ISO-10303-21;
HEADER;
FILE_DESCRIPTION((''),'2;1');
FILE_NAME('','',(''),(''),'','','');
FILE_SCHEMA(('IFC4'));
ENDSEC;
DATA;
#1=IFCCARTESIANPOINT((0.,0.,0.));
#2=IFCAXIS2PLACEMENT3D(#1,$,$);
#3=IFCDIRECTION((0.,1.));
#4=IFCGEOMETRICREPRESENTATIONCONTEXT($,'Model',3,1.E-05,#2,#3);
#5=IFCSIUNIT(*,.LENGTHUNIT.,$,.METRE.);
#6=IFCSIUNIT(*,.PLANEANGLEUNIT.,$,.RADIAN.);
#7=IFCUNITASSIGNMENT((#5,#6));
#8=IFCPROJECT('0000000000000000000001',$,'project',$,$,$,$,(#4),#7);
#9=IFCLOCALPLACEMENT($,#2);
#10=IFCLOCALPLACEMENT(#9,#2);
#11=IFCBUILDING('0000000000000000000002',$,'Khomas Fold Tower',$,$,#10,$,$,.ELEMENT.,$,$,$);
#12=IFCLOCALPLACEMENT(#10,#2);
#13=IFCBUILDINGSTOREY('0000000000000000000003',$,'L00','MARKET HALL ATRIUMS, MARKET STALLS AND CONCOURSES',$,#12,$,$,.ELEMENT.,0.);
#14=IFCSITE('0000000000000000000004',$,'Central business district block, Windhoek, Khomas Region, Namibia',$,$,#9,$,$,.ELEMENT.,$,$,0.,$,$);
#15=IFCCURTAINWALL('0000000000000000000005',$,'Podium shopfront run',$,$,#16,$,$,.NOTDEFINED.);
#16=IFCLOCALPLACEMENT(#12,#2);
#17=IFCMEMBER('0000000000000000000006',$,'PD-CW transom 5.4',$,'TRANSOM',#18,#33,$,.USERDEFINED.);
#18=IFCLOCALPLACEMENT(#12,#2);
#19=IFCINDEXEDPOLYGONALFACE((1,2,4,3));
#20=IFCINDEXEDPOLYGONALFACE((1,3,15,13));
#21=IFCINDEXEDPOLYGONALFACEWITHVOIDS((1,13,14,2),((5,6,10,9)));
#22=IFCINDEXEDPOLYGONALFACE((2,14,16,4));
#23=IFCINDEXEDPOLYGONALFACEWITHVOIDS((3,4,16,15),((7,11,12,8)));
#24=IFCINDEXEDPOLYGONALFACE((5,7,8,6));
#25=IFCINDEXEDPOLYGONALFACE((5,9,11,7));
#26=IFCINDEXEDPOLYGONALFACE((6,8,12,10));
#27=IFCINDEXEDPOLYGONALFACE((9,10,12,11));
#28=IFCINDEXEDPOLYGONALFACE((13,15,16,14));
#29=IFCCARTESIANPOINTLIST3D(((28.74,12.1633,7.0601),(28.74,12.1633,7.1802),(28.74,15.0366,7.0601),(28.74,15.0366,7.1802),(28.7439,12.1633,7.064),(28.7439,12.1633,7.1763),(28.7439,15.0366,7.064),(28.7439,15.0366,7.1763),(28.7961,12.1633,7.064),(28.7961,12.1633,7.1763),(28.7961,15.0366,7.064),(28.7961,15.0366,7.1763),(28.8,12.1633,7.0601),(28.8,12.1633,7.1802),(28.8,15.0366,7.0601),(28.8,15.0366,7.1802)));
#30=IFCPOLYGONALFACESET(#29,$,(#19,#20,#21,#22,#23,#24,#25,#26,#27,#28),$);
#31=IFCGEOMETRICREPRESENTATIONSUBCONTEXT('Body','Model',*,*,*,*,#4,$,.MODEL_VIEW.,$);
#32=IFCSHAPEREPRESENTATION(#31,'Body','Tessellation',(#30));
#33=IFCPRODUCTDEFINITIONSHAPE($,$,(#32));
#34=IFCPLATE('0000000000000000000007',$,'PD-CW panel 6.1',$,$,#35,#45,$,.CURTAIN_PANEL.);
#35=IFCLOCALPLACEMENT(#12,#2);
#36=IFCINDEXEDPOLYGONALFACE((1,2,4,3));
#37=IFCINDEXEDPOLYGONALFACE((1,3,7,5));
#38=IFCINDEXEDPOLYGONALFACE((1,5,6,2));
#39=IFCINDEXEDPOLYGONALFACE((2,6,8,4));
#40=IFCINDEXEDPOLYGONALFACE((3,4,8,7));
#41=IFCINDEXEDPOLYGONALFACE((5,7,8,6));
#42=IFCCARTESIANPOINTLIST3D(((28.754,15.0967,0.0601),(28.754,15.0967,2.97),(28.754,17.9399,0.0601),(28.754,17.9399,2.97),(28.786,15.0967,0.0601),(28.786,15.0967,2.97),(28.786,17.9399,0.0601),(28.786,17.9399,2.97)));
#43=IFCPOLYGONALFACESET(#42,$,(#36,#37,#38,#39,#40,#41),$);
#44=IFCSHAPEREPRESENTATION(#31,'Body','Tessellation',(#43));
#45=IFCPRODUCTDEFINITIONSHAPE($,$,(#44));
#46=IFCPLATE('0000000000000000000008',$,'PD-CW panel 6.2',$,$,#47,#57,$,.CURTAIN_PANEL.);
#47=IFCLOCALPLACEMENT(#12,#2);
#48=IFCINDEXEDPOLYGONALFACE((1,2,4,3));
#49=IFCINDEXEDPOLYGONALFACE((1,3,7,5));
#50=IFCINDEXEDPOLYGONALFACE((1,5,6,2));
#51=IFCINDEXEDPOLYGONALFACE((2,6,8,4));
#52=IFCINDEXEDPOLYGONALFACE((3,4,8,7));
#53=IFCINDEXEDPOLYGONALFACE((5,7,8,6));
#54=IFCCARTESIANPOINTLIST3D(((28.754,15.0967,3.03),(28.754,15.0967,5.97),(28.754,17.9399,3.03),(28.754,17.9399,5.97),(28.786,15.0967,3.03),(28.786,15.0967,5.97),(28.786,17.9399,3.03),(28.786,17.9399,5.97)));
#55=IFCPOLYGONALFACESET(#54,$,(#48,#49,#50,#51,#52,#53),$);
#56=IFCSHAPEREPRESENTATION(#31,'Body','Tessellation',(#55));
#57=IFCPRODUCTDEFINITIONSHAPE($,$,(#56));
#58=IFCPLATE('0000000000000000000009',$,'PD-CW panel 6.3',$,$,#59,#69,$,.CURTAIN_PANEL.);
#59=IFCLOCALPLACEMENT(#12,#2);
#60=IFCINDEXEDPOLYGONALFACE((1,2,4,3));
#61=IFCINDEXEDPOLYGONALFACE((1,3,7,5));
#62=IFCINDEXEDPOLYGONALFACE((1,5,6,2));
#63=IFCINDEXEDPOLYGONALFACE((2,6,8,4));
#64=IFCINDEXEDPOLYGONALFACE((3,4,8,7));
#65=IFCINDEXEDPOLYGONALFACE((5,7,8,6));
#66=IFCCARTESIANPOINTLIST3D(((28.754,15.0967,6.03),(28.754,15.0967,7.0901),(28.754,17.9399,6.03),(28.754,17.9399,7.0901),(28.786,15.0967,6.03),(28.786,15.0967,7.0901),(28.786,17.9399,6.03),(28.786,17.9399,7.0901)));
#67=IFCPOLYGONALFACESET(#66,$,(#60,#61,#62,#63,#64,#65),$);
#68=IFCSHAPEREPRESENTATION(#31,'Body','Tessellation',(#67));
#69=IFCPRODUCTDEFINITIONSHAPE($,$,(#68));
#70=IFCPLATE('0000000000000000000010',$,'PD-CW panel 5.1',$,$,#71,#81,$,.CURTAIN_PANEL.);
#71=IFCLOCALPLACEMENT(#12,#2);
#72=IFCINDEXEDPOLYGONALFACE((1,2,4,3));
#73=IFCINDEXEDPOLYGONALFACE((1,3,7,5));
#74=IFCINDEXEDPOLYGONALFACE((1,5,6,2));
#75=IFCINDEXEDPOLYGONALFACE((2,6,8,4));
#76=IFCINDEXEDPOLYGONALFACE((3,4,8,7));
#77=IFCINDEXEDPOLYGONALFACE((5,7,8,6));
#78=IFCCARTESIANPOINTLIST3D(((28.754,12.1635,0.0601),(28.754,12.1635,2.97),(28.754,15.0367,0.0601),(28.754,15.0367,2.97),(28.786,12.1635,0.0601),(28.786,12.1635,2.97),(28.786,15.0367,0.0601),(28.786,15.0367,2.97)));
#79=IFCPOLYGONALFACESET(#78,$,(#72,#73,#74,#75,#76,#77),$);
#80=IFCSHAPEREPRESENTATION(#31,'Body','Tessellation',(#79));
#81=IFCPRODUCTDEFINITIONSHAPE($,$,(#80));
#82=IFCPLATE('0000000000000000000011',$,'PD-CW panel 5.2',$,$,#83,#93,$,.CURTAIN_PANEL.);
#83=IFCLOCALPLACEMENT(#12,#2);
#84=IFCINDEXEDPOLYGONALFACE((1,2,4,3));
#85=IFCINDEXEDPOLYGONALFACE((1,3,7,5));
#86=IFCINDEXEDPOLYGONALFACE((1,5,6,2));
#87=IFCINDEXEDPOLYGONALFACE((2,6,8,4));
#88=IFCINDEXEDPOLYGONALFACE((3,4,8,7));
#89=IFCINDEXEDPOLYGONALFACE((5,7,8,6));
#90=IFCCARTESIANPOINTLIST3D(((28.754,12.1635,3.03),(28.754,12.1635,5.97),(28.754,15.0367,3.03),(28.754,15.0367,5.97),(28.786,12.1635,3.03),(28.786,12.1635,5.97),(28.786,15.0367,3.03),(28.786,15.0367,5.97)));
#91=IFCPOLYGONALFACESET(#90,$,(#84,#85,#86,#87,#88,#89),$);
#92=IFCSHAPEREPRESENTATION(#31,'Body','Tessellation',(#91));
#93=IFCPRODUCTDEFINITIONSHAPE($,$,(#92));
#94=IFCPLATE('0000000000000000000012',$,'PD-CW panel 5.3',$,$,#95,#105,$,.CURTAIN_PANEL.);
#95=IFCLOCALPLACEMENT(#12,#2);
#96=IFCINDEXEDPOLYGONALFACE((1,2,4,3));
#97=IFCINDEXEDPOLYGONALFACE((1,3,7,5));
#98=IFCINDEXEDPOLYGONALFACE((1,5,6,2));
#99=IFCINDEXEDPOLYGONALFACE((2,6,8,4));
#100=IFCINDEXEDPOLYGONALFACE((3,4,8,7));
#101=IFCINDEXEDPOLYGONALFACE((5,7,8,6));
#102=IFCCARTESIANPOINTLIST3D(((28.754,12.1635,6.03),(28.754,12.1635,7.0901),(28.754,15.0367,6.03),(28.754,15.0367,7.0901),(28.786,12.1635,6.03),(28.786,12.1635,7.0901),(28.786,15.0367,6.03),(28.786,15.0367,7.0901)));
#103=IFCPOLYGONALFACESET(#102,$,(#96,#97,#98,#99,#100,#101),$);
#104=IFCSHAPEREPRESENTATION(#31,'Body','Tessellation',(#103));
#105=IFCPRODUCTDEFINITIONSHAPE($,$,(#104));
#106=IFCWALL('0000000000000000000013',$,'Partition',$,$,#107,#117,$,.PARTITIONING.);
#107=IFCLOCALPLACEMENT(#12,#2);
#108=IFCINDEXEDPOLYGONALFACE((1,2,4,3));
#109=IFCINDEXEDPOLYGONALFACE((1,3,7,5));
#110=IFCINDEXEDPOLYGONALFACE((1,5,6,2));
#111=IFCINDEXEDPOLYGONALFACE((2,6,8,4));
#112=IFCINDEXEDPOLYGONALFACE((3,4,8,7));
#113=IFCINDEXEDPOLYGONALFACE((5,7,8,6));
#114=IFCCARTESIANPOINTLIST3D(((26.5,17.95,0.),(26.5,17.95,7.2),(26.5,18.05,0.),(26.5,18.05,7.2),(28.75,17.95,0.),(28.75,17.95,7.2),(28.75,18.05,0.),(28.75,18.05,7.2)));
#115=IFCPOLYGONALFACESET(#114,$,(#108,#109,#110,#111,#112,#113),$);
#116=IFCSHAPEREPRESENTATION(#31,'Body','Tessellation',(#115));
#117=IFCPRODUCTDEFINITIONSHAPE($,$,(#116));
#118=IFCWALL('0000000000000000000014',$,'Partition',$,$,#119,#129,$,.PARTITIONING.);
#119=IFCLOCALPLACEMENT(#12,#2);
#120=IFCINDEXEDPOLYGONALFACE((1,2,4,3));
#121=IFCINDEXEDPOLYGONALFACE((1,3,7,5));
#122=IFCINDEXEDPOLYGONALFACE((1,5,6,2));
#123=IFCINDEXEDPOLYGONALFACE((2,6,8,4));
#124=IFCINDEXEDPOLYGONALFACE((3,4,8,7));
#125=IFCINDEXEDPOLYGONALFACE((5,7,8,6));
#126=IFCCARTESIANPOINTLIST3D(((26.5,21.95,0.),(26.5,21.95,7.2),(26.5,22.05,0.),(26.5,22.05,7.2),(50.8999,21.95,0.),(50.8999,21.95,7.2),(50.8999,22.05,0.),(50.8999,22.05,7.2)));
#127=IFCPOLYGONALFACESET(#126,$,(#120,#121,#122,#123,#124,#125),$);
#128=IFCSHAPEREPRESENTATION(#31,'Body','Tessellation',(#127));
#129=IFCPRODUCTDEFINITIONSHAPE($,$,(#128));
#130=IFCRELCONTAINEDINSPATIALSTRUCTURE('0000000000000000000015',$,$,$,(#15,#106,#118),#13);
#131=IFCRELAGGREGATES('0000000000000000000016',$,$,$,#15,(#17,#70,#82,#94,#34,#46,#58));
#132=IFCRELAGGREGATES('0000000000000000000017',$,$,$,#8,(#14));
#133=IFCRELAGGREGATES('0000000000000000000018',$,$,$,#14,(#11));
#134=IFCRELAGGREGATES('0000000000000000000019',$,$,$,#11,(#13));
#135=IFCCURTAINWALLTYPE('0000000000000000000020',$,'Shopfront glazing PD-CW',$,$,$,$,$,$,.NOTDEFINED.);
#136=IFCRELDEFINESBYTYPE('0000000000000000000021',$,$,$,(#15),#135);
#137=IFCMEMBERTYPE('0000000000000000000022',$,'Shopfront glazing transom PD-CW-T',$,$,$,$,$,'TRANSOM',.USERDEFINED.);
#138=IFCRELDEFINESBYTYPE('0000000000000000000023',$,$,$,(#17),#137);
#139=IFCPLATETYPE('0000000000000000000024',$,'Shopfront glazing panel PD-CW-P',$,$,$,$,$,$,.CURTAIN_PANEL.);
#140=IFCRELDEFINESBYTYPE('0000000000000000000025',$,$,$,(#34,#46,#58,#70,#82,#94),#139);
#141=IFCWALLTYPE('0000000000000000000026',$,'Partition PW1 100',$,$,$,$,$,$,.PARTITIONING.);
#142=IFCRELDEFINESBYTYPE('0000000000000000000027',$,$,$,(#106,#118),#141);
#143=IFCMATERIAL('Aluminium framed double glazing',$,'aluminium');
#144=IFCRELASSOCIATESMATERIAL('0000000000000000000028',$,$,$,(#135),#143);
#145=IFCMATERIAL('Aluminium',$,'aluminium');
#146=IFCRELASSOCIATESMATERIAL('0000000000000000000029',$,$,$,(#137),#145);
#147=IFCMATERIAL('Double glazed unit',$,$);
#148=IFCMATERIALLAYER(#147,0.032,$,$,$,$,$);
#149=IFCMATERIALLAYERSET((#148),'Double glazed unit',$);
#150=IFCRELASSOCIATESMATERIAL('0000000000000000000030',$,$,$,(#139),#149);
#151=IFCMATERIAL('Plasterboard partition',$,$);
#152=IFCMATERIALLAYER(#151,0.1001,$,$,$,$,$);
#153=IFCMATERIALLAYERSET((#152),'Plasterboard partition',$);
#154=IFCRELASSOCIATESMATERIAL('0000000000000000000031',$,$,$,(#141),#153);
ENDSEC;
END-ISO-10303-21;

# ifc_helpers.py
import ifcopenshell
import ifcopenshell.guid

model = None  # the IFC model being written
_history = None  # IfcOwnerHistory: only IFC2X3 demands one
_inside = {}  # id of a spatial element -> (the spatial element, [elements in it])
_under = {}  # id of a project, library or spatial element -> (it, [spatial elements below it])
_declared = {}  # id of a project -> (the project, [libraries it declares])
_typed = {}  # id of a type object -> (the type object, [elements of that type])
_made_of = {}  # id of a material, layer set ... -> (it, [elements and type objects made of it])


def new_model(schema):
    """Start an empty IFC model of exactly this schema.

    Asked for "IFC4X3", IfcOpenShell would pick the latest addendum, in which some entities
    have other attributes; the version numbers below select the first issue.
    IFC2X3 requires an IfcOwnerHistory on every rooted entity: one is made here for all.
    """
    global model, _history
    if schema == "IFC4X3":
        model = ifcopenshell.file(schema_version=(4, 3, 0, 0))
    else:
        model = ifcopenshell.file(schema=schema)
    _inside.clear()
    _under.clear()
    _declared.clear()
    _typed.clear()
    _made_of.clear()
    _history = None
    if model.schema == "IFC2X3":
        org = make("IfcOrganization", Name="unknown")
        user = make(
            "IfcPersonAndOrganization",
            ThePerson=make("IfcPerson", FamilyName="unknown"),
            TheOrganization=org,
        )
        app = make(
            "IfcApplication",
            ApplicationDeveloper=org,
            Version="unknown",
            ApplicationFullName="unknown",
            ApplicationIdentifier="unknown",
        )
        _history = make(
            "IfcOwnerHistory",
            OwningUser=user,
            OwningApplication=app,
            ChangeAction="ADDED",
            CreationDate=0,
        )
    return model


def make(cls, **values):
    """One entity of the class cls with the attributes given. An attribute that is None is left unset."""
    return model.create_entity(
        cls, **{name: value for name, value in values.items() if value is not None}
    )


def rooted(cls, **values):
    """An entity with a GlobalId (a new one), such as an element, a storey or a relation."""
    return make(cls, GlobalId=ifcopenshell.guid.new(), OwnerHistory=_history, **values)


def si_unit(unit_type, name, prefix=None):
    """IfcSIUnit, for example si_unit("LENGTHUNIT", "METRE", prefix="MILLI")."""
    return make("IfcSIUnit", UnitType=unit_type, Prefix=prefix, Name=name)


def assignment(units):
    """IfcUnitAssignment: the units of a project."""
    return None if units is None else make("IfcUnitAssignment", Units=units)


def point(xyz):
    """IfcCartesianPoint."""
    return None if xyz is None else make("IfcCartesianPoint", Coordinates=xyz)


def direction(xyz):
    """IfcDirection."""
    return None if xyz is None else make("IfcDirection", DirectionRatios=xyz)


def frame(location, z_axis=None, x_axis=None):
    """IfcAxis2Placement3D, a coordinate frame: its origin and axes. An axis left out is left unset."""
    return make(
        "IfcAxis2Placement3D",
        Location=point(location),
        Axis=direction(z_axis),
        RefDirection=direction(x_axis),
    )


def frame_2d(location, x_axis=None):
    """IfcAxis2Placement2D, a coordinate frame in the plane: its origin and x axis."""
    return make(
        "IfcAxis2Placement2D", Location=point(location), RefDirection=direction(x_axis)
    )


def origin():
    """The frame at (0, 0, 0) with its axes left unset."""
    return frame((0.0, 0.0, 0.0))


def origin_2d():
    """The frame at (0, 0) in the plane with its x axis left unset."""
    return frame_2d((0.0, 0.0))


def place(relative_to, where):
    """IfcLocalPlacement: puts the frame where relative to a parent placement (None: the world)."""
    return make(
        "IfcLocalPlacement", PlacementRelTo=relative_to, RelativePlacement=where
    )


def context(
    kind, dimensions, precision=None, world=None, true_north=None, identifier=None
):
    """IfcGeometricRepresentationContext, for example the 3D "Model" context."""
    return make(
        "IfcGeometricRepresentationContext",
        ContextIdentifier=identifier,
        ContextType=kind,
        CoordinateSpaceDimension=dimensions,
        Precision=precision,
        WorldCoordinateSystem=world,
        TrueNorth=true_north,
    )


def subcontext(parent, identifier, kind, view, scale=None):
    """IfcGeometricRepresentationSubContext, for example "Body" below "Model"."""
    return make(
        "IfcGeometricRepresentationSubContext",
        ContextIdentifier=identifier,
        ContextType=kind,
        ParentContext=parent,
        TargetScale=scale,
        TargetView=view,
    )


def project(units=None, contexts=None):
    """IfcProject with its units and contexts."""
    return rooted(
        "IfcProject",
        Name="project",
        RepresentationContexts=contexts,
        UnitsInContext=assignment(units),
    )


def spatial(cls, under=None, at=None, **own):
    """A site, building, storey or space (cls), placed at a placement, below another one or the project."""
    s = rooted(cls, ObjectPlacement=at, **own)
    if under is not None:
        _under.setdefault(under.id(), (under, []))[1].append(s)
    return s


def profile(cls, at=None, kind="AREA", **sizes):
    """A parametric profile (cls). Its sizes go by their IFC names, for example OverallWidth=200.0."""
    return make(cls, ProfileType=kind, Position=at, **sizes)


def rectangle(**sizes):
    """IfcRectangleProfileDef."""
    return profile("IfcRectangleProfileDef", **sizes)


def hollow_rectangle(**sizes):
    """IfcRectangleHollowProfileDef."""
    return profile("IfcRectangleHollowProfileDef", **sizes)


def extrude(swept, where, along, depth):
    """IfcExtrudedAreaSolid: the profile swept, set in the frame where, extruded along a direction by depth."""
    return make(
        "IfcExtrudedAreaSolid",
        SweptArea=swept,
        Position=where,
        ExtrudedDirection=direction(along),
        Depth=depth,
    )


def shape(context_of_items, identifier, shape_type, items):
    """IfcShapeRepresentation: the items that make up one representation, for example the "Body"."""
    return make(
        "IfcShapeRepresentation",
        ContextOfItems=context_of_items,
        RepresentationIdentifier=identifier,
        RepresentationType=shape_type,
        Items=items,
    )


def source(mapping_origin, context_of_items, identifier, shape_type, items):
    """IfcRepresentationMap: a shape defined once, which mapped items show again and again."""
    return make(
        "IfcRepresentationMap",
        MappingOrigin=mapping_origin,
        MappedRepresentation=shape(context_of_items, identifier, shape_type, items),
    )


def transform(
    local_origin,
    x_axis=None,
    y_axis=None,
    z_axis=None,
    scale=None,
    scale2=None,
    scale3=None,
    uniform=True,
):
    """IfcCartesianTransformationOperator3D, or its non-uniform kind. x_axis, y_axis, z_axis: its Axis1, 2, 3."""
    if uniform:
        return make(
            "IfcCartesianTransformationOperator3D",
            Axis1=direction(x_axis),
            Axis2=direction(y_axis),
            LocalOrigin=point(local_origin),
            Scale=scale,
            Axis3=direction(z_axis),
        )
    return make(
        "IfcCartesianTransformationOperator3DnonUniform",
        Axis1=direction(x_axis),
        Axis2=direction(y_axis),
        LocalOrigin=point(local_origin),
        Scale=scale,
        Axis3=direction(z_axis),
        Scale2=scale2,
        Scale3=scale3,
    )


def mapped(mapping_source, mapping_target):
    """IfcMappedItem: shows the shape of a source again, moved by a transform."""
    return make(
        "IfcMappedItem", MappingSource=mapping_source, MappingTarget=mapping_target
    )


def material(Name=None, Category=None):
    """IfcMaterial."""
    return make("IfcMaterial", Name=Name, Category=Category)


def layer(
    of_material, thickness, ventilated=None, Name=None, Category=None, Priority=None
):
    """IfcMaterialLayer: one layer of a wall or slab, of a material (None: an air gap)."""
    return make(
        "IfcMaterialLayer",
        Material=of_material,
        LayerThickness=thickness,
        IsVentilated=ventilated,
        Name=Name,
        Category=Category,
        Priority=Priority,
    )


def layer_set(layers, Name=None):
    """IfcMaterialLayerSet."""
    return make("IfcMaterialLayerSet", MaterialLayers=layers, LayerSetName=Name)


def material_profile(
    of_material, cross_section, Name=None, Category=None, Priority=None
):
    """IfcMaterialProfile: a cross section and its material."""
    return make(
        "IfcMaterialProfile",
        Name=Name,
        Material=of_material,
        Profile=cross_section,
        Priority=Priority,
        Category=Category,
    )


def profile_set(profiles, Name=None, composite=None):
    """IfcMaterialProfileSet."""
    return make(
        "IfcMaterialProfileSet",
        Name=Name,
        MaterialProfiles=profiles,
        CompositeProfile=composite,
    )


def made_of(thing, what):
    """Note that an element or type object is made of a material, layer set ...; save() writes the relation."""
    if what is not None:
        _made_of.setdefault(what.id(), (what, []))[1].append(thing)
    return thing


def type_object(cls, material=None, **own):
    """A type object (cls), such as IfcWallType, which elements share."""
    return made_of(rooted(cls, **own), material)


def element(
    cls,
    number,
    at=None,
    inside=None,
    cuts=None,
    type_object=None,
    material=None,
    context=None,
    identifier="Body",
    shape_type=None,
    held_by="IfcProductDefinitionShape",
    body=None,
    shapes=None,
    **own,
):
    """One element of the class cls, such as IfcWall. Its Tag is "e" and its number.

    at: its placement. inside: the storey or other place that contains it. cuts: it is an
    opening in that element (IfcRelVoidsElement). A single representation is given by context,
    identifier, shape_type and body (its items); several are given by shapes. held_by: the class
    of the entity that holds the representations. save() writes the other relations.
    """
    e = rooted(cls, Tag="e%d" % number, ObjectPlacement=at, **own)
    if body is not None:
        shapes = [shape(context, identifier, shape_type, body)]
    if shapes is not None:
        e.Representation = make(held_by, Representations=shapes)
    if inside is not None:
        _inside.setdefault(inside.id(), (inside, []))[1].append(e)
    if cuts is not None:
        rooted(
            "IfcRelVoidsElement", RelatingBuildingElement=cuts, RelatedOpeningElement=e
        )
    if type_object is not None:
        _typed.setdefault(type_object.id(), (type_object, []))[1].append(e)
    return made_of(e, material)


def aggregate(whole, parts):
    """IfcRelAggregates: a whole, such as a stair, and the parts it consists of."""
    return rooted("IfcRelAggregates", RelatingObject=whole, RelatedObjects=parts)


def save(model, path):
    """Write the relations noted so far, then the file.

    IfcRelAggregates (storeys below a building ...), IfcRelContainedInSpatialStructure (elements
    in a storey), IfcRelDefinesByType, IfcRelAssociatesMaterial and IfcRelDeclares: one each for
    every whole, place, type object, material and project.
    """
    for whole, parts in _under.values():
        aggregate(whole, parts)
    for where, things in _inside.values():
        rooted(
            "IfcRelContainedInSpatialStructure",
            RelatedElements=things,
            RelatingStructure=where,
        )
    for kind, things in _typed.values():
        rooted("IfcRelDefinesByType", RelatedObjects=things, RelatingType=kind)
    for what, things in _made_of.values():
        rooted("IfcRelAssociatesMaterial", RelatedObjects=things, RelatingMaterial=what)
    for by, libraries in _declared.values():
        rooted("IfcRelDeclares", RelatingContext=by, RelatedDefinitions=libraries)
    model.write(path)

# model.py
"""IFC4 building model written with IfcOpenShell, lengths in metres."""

from ifc_helpers import new_model, si_unit, direction, frame, frame_2d, origin, origin_2d, place, context, subcontext, project, spatial, rectangle, hollow_rectangle, extrude, source, transform, mapped, material, layer, layer_set, material_profile, profile_set, type_object, element, aggregate, save


model = new_model("IFC4")

# Units and contexts
model_context = context("Model", 3, precision=1e-05, world=origin(), true_north=direction((0.0, 1.0)))
body_context = subcontext(model_context, "Body", "Model", "MODEL_VIEW")
ifc_project = project(units=[si_unit("LENGTHUNIT", "METRE"), si_unit("PLANEANGLEUNIT", "RADIAN")], contexts=[model_context])

# Site, building, storey
site_placement = place(None, origin())
site = spatial("IfcSite", under=ifc_project, at=site_placement, Name="Central business district block, Windhoek, Khomas Region, Namibia", CompositionType="ELEMENT", RefElevation=0.0)
building_placement = place(site_placement, origin())
building = spatial("IfcBuilding", under=site, at=building_placement, Name="Khomas Fold Tower", CompositionType="ELEMENT")
storey_placement = place(building_placement, origin())
storey = spatial("IfcBuildingStorey", under=building, at=storey_placement, Name="L00", Description="MARKET HALL ATRIUMS, MARKET STALLS AND CONCOURSES", CompositionType="ELEMENT", Elevation=0.0)

# Curtain wall, member, plates
ifc_material_1 = material(Name="Aluminium framed double glazing", Category="aluminium")
curtain_wall_type = type_object("IfcCurtainWallType", Name="Shopfront glazing PD-CW", PredefinedType="NOTDEFINED", material=ifc_material_1)
curtain_wall_placement = place(storey_placement, origin())
curtain_wall = element("IfcCurtainWall", 1, at=curtain_wall_placement, inside=storey, type_object=curtain_wall_type, Name="Podium shopfront run", PredefinedType="NOTDEFINED")
ifc_material_2 = material(Name="Aluminium", Category="aluminium")
ifc_material_profile_1 = material_profile(ifc_material_2, hollow_rectangle(XDim=0.0601, YDim=0.1201, WallThickness=0.0039, at=origin_2d()), Name="Shopfront glazing transom PD-CW-T")
ifc_profile_set_1 = profile_set([ifc_material_profile_1], Name="Aluminium")
member_type_1 = type_object("IfcMemberType", Name="Shopfront glazing transom PD-CW-T", ElementType="TRANSOM", PredefinedType="USERDEFINED", material=ifc_profile_set_1)
shared_shape_1 = source(origin(), body_context, "Body", "SweptSolid", [
    extrude(hollow_rectangle(XDim=0.0601, YDim=0.1201, WallThickness=0.0039, at=origin_2d()), origin(), (0.0, 0.0, 1.0), 2.8733),
])
member_1_placement = place(storey_placement, frame((28.77, 12.1633, 7.1201), z_axis=(0.0, 1.0, 0.0), x_axis=(-1.0, 0.0, 0.0)))
member_1 = element("IfcMember", 2, at=member_1_placement, type_object=member_type_1, Name="PD-CW transom 5.4", ObjectType="TRANSOM", PredefinedType="USERDEFINED", context=body_context, shape_type="MappedRepresentation", body=[
    mapped(shared_shape_1, transform((0.0, 0.0, 0.0))),
])
ifc_material_3 = material(Name="Double glazed unit")
ifc_layer_1 = layer(ifc_material_3, 0.032)
ifc_layer_set_1 = layer_set([ifc_layer_1], Name="Double glazed unit")
plate_type = type_object("IfcPlateType", Name="Shopfront glazing panel PD-CW-P", PredefinedType="CURTAIN_PANEL", material=ifc_layer_set_1)
shared_shape_2 = source(origin(), body_context, "Body", "SweptSolid", [
    extrude(rectangle(XDim=2.8433, YDim=0.032, at=origin_2d()), origin(), (0.0, 0.0, 1.0), 2.9099),
])
plate_1_placement = place(storey_placement, frame((28.77, 16.5183, 0.0601), z_axis=(0.0, 0.0, 1.0), x_axis=(0.0, 1.0, 0.0)))
plate_1 = element("IfcPlate", 3, at=plate_1_placement, type_object=plate_type, Name="PD-CW panel 6.1", PredefinedType="CURTAIN_PANEL", context=body_context, shape_type="MappedRepresentation", body=[
    mapped(shared_shape_2, transform((0.0, 0.0, 0.0))),
])
shared_shape_3 = source(origin(), body_context, "Body", "SweptSolid", [
    extrude(rectangle(XDim=2.8433, YDim=0.032, at=origin_2d()), origin(), (0.0, 0.0, 1.0), 2.9399),
])
plate_2_placement = place(storey_placement, frame((28.77, 16.5183, 3.03), z_axis=(0.0, 0.0, 1.0), x_axis=(0.0, 1.0, 0.0)))
plate_2 = element("IfcPlate", 4, at=plate_2_placement, type_object=plate_type, Name="PD-CW panel 6.2", PredefinedType="CURTAIN_PANEL", context=body_context, shape_type="MappedRepresentation", body=[
    mapped(shared_shape_3, transform((0.0, 0.0, 0.0))),
])
shared_shape_4 = source(origin(), body_context, "Body", "SweptSolid", [
    extrude(rectangle(XDim=2.8433, YDim=0.032, at=origin_2d()), origin(), (0.0, 0.0, 1.0), 1.0601),
])
plate_3_placement = place(storey_placement, frame((28.77, 16.5183, 6.03), z_axis=(0.0, 0.0, 1.0), x_axis=(0.0, 1.0, 0.0)))
plate_3 = element("IfcPlate", 5, at=plate_3_placement, type_object=plate_type, Name="PD-CW panel 6.3", PredefinedType="CURTAIN_PANEL", context=body_context, shape_type="MappedRepresentation", body=[
    mapped(shared_shape_4, transform((0.0, 0.0, 0.0))),
])
shared_shape_5 = source(origin(), body_context, "Body", "SweptSolid", [
    extrude(rectangle(XDim=2.8733, YDim=0.032, at=origin_2d()), origin(), (0.0, 0.0, 1.0), 2.9099),
])
plate_4_placement = place(storey_placement, frame((28.77, 13.6001, 0.0601), z_axis=(0.0, 0.0, 1.0), x_axis=(0.0, 1.0, 0.0)))
plate_4 = element("IfcPlate", 6, at=plate_4_placement, type_object=plate_type, Name="PD-CW panel 5.1", PredefinedType="CURTAIN_PANEL", context=body_context, shape_type="MappedRepresentation", body=[
    mapped(shared_shape_5, transform((0.0, 0.0, 0.0))),
])
shared_shape_6 = source(origin(), body_context, "Body", "SweptSolid", [
    extrude(rectangle(XDim=2.8733, YDim=0.032, at=origin_2d()), origin(), (0.0, 0.0, 1.0), 2.9399),
])
plate_5_placement = place(storey_placement, frame((28.77, 13.6001, 3.03), z_axis=(0.0, 0.0, 1.0), x_axis=(0.0, 1.0, 0.0)))
plate_5 = element("IfcPlate", 7, at=plate_5_placement, type_object=plate_type, Name="PD-CW panel 5.2", PredefinedType="CURTAIN_PANEL", context=body_context, shape_type="MappedRepresentation", body=[
    mapped(shared_shape_6, transform((0.0, 0.0, 0.0))),
])
shared_shape_7 = source(origin(), body_context, "Body", "SweptSolid", [
    extrude(rectangle(XDim=2.8733, YDim=0.032, at=origin_2d()), origin(), (0.0, 0.0, 1.0), 1.0601),
])
plate_6_placement = place(storey_placement, frame((28.77, 13.6001, 6.03), z_axis=(0.0, 0.0, 1.0), x_axis=(0.0, 1.0, 0.0)))
plate_6 = element("IfcPlate", 8, at=plate_6_placement, type_object=plate_type, Name="PD-CW panel 5.3", PredefinedType="CURTAIN_PANEL", context=body_context, shape_type="MappedRepresentation", body=[
    mapped(shared_shape_7, transform((0.0, 0.0, 0.0))),
])
aggregate(curtain_wall, [member_1, plate_4, plate_5, plate_6, plate_1, plate_2, plate_3])

# Walls
ifc_material_4 = material(Name="Plasterboard partition")
ifc_layer_2 = layer(ifc_material_4, 0.1001)
ifc_layer_set_2 = layer_set([ifc_layer_2], Name="Plasterboard partition")
wall_type = type_object("IfcWallType", Name="Partition PW1 100", PredefinedType="PARTITIONING", material=ifc_layer_set_2)
shared_shape_8 = source(origin(), body_context, "Body", "SweptSolid", [
    extrude(rectangle(XDim=2.25, YDim=0.1001, at=frame_2d((1.125, 0.0))), origin(), (0.0, 0.0, 1.0), 7.2),
])
wall_1_placement = place(storey_placement, frame((26.5, 18.0, 0.0), z_axis=(0.0, 0.0, 1.0), x_axis=(1.0, 0.0, 0.0)))
element("IfcWall", 9, at=wall_1_placement, inside=storey, type_object=wall_type, Name="Partition", PredefinedType="PARTITIONING", context=body_context, shape_type="MappedRepresentation", body=[
    mapped(shared_shape_8, transform((0.0, 0.0, 0.0))),
])
shared_shape_9 = source(origin(), body_context, "Body", "SweptSolid", [
    extrude(rectangle(XDim=24.3999, YDim=0.1001, at=frame_2d((12.2, 0.0))), origin(), (0.0, 0.0, 1.0), 7.2),
])
wall_2_placement = place(storey_placement, frame((26.5, 22.0, 0.0), z_axis=(0.0, 0.0, 1.0), x_axis=(1.0, 0.0, 0.0)))
element("IfcWall", 10, at=wall_2_placement, inside=storey, type_object=wall_type, Name="Partition", PredefinedType="PARTITIONING", context=body_context, shape_type="MappedRepresentation", body=[
    mapped(shared_shape_9, transform((0.0, 0.0, 0.0))),
])

save(model, "model.ifc")
